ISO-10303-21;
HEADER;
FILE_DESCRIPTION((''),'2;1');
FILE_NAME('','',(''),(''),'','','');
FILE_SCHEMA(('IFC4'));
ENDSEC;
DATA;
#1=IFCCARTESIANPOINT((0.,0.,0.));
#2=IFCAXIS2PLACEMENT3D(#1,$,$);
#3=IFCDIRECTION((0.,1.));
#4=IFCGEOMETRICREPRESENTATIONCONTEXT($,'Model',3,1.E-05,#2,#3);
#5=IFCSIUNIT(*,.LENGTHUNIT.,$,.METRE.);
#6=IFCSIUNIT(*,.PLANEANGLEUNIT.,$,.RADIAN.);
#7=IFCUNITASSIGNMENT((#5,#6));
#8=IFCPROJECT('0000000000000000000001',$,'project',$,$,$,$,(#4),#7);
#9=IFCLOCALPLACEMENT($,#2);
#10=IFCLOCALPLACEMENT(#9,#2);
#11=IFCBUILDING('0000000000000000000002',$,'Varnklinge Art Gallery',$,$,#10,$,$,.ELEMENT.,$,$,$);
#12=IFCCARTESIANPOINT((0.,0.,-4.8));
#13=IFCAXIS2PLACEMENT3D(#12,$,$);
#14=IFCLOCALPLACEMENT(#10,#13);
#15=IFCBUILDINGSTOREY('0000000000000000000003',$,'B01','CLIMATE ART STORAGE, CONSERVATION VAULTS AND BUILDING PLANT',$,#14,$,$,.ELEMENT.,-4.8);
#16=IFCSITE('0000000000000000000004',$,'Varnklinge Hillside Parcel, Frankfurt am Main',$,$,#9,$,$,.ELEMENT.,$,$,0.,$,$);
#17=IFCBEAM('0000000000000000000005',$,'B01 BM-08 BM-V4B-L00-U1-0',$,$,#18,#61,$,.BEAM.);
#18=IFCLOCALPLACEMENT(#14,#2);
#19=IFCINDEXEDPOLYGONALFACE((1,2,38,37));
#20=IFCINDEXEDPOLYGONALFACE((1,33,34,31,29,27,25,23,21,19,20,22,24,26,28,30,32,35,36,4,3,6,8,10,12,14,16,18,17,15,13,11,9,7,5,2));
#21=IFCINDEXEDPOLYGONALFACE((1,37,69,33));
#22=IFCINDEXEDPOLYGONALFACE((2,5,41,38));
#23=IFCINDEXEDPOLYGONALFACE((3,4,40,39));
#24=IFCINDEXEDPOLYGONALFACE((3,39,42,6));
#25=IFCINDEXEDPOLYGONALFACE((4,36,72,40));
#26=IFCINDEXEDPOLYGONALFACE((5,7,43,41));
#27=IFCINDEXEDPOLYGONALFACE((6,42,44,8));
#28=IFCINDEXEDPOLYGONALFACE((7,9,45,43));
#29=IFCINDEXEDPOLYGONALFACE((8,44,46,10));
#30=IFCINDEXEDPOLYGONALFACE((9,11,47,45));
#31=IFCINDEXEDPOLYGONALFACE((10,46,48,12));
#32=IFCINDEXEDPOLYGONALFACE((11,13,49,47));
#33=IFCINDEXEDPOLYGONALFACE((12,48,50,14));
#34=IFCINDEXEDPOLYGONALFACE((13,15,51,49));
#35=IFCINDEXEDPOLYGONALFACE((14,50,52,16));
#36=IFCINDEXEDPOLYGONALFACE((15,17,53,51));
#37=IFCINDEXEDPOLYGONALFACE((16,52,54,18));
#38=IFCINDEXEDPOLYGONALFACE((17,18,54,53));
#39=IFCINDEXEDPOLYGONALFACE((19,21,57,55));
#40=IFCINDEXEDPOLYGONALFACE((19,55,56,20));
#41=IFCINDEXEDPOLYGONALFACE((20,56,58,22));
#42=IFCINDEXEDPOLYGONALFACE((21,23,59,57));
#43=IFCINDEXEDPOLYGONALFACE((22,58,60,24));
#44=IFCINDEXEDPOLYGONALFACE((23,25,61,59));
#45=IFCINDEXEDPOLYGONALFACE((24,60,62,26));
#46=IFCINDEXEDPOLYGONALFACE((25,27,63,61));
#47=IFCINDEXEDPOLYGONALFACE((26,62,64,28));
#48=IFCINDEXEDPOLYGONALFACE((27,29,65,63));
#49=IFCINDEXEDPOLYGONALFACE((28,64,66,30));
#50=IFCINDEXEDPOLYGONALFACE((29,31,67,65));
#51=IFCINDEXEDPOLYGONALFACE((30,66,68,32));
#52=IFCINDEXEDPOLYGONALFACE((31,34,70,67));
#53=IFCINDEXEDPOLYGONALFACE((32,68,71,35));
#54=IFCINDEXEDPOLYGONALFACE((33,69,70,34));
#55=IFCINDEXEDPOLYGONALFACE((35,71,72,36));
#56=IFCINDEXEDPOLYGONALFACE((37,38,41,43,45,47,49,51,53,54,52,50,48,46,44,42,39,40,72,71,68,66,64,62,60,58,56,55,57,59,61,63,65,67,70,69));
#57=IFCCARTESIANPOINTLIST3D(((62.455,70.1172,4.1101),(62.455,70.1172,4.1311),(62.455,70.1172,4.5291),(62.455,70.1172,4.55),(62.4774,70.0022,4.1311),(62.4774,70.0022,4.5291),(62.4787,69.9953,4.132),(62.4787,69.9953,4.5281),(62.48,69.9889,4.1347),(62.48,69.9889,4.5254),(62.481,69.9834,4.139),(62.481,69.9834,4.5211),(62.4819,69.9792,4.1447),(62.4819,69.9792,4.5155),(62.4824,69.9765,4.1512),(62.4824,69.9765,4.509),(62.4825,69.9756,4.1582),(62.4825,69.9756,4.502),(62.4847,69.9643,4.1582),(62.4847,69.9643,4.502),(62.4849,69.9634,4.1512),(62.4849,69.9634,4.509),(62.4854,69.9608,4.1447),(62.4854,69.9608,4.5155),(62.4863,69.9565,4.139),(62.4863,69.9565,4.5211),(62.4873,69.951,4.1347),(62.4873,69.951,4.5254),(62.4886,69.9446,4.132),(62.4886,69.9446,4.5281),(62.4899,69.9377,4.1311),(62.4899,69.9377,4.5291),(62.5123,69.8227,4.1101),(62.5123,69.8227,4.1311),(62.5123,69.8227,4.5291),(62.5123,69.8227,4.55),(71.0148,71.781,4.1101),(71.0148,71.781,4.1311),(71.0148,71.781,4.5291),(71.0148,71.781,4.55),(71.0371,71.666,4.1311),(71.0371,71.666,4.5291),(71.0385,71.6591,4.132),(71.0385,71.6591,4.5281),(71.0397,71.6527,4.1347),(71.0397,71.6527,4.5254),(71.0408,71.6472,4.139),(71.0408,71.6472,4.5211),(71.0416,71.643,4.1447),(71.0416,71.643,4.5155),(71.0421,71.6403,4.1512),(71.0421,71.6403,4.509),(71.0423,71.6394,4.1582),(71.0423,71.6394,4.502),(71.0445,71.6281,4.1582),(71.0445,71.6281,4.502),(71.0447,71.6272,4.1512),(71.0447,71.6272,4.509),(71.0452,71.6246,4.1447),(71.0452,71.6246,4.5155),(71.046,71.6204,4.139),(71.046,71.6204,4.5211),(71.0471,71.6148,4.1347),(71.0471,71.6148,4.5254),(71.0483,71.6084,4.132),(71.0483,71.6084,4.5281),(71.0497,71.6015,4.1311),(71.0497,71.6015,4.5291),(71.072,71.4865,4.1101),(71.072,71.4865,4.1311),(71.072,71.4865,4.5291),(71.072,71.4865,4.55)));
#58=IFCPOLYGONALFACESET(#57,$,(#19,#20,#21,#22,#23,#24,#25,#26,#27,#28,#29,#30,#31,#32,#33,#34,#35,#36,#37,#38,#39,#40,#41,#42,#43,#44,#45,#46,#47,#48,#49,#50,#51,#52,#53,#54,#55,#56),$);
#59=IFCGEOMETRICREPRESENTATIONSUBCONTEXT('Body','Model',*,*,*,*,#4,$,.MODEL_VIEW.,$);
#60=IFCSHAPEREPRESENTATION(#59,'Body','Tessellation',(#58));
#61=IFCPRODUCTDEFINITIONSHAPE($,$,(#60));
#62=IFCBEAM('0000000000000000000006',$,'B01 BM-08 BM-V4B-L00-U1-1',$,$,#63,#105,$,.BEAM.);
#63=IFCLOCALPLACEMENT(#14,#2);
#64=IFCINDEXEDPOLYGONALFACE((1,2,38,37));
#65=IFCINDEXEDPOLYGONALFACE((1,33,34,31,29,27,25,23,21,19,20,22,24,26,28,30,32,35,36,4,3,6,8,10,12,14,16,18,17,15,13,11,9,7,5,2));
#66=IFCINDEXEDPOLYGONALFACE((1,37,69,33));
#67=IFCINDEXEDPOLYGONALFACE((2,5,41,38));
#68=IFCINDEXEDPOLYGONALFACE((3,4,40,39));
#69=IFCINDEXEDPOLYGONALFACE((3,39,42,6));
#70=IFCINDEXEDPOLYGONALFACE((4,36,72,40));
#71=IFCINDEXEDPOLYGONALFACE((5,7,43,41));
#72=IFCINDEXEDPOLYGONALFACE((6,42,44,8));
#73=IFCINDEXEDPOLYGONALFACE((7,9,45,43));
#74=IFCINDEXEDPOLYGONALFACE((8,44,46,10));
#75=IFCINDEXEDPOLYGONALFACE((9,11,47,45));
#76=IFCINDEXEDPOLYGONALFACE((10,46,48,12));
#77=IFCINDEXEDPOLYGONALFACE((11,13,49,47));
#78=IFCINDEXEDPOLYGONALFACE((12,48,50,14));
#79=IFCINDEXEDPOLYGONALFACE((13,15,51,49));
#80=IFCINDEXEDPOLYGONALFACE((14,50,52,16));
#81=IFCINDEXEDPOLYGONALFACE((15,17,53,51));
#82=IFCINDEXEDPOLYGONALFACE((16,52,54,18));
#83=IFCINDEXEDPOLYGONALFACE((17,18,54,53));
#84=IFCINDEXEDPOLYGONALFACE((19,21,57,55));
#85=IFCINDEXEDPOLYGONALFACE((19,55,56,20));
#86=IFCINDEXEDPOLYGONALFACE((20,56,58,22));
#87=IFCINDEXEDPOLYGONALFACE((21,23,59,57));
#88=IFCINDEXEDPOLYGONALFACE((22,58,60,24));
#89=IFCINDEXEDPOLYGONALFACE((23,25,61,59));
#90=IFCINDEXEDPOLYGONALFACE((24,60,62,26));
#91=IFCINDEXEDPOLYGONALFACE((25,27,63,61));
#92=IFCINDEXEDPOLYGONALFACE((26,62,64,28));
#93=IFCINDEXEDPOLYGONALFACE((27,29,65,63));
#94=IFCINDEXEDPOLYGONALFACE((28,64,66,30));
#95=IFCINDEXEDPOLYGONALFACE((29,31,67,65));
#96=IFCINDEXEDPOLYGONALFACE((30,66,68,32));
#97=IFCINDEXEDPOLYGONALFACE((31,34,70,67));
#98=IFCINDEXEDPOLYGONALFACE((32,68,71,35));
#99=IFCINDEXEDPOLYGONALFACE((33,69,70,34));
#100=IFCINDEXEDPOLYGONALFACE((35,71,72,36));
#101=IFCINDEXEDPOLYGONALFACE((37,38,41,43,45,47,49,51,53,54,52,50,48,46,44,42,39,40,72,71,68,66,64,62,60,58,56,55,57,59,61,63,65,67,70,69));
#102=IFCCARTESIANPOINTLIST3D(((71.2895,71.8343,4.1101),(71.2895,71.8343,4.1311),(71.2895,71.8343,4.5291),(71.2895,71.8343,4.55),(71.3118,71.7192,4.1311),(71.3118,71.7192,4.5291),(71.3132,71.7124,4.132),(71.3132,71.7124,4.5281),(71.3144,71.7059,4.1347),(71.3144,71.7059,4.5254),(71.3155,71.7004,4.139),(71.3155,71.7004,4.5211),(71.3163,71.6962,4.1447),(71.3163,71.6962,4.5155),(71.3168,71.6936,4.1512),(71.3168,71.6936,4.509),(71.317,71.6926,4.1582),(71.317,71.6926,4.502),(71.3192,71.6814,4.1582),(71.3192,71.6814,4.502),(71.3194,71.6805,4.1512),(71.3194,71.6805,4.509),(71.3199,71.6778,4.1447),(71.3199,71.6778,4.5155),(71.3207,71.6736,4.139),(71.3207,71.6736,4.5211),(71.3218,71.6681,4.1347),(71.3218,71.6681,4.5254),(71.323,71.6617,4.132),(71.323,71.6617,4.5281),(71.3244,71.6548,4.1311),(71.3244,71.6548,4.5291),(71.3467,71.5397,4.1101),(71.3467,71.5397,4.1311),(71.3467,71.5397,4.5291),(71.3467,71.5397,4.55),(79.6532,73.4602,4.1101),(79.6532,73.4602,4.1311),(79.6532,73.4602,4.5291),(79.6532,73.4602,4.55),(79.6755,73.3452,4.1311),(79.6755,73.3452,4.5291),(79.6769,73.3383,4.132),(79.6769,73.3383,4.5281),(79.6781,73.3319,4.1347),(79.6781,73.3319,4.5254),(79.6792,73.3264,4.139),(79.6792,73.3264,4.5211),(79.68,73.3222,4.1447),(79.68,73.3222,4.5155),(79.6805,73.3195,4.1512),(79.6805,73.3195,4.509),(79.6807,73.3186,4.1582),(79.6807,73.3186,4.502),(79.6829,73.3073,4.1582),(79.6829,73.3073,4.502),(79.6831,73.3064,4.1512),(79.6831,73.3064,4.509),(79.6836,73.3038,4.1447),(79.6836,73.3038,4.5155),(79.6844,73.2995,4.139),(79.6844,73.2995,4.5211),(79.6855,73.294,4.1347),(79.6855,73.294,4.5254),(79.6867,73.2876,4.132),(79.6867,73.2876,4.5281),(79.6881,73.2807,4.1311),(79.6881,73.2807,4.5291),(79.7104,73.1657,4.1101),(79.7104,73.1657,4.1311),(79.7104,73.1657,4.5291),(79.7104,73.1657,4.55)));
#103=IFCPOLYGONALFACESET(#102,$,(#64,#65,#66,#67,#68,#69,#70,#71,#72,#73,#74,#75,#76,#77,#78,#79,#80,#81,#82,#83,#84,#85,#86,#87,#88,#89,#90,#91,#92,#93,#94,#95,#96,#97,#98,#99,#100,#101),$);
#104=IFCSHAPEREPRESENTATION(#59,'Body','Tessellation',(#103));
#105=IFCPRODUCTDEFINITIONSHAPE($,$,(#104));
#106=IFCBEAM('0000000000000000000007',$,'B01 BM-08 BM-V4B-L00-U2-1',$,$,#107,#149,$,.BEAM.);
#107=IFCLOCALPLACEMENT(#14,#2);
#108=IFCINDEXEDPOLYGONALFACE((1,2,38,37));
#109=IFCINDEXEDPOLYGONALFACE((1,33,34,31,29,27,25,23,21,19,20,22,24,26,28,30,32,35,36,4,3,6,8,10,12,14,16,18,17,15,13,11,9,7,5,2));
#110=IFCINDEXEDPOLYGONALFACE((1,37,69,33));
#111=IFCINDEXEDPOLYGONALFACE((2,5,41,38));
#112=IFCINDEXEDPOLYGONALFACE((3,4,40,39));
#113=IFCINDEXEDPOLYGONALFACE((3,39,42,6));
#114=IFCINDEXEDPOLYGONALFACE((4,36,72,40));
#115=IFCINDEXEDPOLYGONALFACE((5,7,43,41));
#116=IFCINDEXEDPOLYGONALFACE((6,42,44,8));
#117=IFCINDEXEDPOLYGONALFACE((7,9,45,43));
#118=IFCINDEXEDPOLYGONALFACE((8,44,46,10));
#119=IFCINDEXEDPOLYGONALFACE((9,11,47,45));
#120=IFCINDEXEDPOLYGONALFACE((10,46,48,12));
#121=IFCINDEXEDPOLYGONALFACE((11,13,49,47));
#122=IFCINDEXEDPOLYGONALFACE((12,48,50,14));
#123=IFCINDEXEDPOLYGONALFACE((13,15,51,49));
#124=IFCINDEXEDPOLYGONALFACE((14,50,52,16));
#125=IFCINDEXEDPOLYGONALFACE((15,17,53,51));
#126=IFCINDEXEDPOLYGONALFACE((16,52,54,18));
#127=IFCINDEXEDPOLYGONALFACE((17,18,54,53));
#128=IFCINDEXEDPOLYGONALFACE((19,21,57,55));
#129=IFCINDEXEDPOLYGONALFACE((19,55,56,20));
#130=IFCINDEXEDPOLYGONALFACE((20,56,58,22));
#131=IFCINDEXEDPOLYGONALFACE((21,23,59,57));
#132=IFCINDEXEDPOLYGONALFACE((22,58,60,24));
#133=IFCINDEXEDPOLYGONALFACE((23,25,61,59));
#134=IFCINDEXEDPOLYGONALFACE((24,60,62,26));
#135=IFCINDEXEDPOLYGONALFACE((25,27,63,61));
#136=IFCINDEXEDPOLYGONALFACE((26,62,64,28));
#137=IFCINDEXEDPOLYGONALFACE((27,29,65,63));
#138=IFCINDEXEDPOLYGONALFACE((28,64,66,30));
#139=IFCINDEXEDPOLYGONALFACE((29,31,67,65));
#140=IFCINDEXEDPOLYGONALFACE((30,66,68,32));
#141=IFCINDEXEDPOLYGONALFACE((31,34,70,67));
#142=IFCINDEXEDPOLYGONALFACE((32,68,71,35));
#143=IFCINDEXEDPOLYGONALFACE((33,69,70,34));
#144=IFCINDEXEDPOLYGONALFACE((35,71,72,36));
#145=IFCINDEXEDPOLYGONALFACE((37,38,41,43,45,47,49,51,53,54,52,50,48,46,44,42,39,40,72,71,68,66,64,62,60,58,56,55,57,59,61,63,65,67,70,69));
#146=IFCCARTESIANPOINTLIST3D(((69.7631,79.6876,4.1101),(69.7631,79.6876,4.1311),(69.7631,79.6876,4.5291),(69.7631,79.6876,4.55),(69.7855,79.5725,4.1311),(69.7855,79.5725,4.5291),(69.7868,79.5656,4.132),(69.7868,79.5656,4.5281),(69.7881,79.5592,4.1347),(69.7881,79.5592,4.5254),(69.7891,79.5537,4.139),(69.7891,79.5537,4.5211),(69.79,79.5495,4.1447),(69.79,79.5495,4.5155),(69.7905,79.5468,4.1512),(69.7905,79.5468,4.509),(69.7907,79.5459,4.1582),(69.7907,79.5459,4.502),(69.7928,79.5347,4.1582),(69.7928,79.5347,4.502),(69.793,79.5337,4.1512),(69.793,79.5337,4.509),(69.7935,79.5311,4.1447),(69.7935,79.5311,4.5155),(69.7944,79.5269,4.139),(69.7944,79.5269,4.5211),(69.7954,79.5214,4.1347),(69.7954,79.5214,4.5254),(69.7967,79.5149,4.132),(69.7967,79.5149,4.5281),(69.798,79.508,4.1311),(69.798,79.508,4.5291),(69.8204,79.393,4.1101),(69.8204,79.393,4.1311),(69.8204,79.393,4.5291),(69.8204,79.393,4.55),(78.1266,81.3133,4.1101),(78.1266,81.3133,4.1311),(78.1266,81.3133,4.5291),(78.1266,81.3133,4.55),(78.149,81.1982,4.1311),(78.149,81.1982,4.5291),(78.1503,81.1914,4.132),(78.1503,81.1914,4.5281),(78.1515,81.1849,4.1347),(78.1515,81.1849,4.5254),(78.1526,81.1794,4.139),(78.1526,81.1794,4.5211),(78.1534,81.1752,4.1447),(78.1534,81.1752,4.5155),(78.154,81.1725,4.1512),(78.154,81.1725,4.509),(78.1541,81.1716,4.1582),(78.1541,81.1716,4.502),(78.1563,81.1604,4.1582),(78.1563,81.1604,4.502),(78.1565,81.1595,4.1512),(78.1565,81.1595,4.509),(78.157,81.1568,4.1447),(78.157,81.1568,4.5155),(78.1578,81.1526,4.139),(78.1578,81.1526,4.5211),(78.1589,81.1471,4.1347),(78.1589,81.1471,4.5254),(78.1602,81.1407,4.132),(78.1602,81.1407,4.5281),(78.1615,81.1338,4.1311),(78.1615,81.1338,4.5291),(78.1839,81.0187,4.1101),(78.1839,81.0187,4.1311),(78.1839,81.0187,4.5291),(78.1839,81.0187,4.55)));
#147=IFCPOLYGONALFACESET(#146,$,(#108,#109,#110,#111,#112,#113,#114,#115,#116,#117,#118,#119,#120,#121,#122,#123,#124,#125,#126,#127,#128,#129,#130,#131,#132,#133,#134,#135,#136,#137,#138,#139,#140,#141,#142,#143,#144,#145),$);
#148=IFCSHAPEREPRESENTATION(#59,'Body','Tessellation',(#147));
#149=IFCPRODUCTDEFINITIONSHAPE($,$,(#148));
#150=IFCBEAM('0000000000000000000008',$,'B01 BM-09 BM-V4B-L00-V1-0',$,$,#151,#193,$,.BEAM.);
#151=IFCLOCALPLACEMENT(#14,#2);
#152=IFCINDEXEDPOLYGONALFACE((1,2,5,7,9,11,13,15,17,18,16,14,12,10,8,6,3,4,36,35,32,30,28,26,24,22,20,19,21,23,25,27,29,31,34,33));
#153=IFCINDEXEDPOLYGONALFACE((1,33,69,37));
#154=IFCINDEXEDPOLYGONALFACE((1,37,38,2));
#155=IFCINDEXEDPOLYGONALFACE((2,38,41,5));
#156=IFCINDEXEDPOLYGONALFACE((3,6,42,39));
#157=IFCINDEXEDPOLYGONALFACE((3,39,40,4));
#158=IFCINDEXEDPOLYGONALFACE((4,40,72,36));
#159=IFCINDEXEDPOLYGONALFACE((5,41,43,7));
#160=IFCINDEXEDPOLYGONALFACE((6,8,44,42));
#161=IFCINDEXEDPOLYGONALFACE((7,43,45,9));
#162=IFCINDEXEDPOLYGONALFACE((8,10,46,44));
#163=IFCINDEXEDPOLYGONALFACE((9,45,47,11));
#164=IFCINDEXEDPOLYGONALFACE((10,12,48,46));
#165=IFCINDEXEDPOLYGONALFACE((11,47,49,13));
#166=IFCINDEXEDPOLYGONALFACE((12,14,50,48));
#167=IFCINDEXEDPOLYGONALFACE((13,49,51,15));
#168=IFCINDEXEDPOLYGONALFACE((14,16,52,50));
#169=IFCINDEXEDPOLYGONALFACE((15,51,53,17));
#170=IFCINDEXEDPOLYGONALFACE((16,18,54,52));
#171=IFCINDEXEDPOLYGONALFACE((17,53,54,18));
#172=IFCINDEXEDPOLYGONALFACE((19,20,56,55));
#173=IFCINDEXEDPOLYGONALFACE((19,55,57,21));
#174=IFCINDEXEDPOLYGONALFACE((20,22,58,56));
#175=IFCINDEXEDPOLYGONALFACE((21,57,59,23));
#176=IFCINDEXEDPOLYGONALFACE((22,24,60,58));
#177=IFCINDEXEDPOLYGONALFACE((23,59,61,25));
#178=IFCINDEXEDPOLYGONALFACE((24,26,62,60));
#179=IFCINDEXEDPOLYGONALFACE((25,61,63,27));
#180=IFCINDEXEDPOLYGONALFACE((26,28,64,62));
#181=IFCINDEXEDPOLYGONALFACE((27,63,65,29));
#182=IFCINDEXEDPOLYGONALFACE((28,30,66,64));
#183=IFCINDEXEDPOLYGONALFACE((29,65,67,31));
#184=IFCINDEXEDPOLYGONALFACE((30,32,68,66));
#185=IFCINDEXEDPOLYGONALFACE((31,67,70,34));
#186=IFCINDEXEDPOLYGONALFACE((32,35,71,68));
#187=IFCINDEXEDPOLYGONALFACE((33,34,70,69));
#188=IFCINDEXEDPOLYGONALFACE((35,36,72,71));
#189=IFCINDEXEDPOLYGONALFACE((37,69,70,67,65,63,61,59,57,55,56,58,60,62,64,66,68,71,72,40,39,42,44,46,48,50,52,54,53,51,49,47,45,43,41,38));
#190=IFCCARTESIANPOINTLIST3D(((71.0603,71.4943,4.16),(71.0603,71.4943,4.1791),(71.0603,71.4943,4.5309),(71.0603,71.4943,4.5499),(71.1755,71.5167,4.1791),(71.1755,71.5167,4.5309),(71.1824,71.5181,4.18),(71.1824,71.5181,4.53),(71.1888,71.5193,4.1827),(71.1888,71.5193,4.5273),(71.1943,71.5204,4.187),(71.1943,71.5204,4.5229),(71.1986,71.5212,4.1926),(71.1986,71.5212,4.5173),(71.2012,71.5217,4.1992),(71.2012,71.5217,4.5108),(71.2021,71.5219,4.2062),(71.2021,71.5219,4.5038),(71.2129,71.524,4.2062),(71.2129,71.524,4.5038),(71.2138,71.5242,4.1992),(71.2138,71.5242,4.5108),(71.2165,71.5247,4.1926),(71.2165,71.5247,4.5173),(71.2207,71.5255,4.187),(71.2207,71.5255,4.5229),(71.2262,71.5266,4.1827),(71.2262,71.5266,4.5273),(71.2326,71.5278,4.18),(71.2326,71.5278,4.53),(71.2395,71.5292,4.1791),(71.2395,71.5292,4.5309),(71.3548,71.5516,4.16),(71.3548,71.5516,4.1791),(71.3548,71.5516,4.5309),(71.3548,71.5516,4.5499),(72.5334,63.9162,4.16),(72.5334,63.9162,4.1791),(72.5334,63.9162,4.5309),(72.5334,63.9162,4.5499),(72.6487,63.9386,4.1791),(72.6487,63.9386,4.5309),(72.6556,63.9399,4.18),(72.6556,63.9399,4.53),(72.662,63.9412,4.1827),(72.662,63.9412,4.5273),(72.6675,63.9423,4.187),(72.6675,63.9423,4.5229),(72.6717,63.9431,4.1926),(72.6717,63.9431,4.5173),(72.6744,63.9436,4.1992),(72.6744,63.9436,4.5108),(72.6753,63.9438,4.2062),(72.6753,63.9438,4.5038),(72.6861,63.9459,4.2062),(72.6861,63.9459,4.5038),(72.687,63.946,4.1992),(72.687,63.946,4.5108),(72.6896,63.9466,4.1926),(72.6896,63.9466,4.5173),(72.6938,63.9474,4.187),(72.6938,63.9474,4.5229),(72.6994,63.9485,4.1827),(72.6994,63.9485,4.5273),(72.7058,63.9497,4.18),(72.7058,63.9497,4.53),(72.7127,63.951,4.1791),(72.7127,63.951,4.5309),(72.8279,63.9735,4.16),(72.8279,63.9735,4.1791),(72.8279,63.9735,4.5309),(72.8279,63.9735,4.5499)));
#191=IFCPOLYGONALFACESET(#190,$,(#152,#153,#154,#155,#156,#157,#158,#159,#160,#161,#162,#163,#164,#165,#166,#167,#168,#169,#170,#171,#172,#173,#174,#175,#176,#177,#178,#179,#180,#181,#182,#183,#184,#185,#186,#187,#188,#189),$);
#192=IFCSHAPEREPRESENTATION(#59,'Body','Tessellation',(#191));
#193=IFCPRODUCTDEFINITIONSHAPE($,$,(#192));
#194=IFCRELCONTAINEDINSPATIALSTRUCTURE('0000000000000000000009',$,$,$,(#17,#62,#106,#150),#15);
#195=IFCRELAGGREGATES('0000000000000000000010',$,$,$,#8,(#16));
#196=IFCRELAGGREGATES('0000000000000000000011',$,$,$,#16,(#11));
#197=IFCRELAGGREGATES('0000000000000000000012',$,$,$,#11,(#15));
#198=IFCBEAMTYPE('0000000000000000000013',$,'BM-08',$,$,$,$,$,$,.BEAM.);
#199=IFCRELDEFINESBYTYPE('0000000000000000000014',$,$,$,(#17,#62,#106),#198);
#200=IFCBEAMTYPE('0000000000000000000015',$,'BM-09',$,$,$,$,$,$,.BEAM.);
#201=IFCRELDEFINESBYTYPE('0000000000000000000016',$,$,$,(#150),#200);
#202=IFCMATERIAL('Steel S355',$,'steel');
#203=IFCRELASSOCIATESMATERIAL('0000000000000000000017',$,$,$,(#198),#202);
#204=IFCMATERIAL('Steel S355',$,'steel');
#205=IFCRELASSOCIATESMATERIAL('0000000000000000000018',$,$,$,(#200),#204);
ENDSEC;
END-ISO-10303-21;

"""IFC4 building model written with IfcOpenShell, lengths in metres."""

from ifc_helpers import new_model, si_unit, direction, frame, origin, origin_2d, place, context, subcontext, project, spatial, i_section, extrude, material, material_profile, profile_set, type_object, element, save


model = new_model("IFC4")

# Units and contexts
model_context = context("Model", 3, precision=1e-05, world=origin(), true_north=direction((0.0, 1.0)))
body_context = subcontext(model_context, "Body", "Model", "MODEL_VIEW")
ifc_project = project(units=[si_unit("LENGTHUNIT", "METRE"), si_unit("PLANEANGLEUNIT", "RADIAN")], contexts=[model_context])

# Site, building, storey
site_placement = place(None, origin())
site = spatial("IfcSite", under=ifc_project, at=site_placement, Name="Varnklinge Hillside Parcel, Frankfurt am Main", CompositionType="ELEMENT", RefElevation=0.0)
building_placement = place(site_placement, origin())
building = spatial("IfcBuilding", under=site, at=building_placement, Name="Varnklinge Art Gallery", CompositionType="ELEMENT")
storey_placement = place(building_placement, frame((0.0, 0.0, -4.8)))
storey = spatial("IfcBuildingStorey", under=building, at=storey_placement, Name="B01", Description="CLIMATE ART STORAGE, CONSERVATION VAULTS AND BUILDING PLANT", CompositionType="ELEMENT", Elevation=-4.8)

# Beams
ifc_material_1 = material(Name="Steel S355", Category="steel")
ifc_material_profile_1 = material_profile(ifc_material_1, i_section(OverallWidth=0.3, OverallDepth=0.4399, WebThickness=0.0115, FlangeThickness=0.021, FilletRadius=0.0271, at=origin_2d()), Name="HEA 450")
ifc_profile_set_1 = profile_set([ifc_material_profile_1], Name="Steel S355")
beam_type_1 = type_object("IfcBeamType", Name="BM-08", PredefinedType="BEAM", material=ifc_profile_set_1)
beam_1_placement = place(storey_placement, frame((62.4836, 69.97, 4.3301), z_axis=(0.981628, 0.190804, 0.0), x_axis=(-0.190804, 0.981628, 0.0)))
element("IfcBeam", 1, at=beam_1_placement, inside=storey, type_object=beam_type_1, Name="B01 BM-08 BM-V4B-L00-U1-0", PredefinedType="BEAM", context=body_context, shape_type="SweptSolid", body=[
    extrude(i_section(OverallWidth=0.3, OverallDepth=0.4399, WebThickness=0.0115, FlangeThickness=0.021, FilletRadius=0.0271, at=origin_2d()), origin(), (0.0, 0.0, 1.0), 8.72),
])
beam_2_placement = place(storey_placement, frame((71.3181, 71.687, 4.3301), z_axis=(0.981622, 0.190834, 0.0), x_axis=(-0.190834, 0.981622, 0.0)))
element("IfcBeam", 2, at=beam_2_placement, inside=storey, type_object=beam_type_1, Name="B01 BM-08 BM-V4B-L00-U1-1", PredefinedType="BEAM", context=body_context, shape_type="SweptSolid", body=[
    extrude(i_section(OverallWidth=0.3, OverallDepth=0.4399, WebThickness=0.0115, FlangeThickness=0.021, FilletRadius=0.0271, at=origin_2d()), origin(), (0.0, 0.0, 1.0), 8.5203),
])
beam_3_placement = place(storey_placement, frame((69.7917, 79.5403, 4.3301), z_axis=(0.981627, 0.190812, 0.0), x_axis=(-0.190812, 0.981627, 0.0)))
element("IfcBeam", 3, at=beam_3_placement, inside=storey, type_object=beam_type_1, Name="B01 BM-08 BM-V4B-L00-U2-1", PredefinedType="BEAM", context=body_context, shape_type="SweptSolid", body=[
    extrude(i_section(OverallWidth=0.3, OverallDepth=0.4399, WebThickness=0.0115, FlangeThickness=0.021, FilletRadius=0.0271, at=origin_2d()), origin(), (0.0, 0.0, 1.0), 8.52),
])
ifc_material_2 = material(Name="Steel S355", Category="steel")
ifc_material_profile_2 = material_profile(ifc_material_2, i_section(OverallWidth=0.3, OverallDepth=0.3899, WebThickness=0.011, FlangeThickness=0.019, FilletRadius=0.0271, at=origin_2d()), Name="HEA 400")
ifc_profile_set_2 = profile_set([ifc_material_profile_2], Name="Steel S355")
beam_type_2 = type_object("IfcBeamType", Name="BM-09", PredefinedType="BEAM", material=ifc_profile_set_2)
beam_4_placement = place(storey_placement, frame((72.6807, 63.9448, 4.355), z_axis=(-0.190822, 0.981625, 0.0), x_axis=(-0.981625, -0.190822, 0.0)))
element("IfcBeam", 4, at=beam_4_placement, inside=storey, type_object=beam_type_2, Name="B01 BM-09 BM-V4B-L00-V1-0", PredefinedType="BEAM", context=body_context, shape_type="SweptSolid", body=[
    extrude(i_section(OverallWidth=0.3, OverallDepth=0.3899, WebThickness=0.011, FlangeThickness=0.019, FilletRadius=0.0271, at=origin_2d()), origin(), (0.0, 0.0, 1.0), 7.72),
])

save(model, "model.ifc")
